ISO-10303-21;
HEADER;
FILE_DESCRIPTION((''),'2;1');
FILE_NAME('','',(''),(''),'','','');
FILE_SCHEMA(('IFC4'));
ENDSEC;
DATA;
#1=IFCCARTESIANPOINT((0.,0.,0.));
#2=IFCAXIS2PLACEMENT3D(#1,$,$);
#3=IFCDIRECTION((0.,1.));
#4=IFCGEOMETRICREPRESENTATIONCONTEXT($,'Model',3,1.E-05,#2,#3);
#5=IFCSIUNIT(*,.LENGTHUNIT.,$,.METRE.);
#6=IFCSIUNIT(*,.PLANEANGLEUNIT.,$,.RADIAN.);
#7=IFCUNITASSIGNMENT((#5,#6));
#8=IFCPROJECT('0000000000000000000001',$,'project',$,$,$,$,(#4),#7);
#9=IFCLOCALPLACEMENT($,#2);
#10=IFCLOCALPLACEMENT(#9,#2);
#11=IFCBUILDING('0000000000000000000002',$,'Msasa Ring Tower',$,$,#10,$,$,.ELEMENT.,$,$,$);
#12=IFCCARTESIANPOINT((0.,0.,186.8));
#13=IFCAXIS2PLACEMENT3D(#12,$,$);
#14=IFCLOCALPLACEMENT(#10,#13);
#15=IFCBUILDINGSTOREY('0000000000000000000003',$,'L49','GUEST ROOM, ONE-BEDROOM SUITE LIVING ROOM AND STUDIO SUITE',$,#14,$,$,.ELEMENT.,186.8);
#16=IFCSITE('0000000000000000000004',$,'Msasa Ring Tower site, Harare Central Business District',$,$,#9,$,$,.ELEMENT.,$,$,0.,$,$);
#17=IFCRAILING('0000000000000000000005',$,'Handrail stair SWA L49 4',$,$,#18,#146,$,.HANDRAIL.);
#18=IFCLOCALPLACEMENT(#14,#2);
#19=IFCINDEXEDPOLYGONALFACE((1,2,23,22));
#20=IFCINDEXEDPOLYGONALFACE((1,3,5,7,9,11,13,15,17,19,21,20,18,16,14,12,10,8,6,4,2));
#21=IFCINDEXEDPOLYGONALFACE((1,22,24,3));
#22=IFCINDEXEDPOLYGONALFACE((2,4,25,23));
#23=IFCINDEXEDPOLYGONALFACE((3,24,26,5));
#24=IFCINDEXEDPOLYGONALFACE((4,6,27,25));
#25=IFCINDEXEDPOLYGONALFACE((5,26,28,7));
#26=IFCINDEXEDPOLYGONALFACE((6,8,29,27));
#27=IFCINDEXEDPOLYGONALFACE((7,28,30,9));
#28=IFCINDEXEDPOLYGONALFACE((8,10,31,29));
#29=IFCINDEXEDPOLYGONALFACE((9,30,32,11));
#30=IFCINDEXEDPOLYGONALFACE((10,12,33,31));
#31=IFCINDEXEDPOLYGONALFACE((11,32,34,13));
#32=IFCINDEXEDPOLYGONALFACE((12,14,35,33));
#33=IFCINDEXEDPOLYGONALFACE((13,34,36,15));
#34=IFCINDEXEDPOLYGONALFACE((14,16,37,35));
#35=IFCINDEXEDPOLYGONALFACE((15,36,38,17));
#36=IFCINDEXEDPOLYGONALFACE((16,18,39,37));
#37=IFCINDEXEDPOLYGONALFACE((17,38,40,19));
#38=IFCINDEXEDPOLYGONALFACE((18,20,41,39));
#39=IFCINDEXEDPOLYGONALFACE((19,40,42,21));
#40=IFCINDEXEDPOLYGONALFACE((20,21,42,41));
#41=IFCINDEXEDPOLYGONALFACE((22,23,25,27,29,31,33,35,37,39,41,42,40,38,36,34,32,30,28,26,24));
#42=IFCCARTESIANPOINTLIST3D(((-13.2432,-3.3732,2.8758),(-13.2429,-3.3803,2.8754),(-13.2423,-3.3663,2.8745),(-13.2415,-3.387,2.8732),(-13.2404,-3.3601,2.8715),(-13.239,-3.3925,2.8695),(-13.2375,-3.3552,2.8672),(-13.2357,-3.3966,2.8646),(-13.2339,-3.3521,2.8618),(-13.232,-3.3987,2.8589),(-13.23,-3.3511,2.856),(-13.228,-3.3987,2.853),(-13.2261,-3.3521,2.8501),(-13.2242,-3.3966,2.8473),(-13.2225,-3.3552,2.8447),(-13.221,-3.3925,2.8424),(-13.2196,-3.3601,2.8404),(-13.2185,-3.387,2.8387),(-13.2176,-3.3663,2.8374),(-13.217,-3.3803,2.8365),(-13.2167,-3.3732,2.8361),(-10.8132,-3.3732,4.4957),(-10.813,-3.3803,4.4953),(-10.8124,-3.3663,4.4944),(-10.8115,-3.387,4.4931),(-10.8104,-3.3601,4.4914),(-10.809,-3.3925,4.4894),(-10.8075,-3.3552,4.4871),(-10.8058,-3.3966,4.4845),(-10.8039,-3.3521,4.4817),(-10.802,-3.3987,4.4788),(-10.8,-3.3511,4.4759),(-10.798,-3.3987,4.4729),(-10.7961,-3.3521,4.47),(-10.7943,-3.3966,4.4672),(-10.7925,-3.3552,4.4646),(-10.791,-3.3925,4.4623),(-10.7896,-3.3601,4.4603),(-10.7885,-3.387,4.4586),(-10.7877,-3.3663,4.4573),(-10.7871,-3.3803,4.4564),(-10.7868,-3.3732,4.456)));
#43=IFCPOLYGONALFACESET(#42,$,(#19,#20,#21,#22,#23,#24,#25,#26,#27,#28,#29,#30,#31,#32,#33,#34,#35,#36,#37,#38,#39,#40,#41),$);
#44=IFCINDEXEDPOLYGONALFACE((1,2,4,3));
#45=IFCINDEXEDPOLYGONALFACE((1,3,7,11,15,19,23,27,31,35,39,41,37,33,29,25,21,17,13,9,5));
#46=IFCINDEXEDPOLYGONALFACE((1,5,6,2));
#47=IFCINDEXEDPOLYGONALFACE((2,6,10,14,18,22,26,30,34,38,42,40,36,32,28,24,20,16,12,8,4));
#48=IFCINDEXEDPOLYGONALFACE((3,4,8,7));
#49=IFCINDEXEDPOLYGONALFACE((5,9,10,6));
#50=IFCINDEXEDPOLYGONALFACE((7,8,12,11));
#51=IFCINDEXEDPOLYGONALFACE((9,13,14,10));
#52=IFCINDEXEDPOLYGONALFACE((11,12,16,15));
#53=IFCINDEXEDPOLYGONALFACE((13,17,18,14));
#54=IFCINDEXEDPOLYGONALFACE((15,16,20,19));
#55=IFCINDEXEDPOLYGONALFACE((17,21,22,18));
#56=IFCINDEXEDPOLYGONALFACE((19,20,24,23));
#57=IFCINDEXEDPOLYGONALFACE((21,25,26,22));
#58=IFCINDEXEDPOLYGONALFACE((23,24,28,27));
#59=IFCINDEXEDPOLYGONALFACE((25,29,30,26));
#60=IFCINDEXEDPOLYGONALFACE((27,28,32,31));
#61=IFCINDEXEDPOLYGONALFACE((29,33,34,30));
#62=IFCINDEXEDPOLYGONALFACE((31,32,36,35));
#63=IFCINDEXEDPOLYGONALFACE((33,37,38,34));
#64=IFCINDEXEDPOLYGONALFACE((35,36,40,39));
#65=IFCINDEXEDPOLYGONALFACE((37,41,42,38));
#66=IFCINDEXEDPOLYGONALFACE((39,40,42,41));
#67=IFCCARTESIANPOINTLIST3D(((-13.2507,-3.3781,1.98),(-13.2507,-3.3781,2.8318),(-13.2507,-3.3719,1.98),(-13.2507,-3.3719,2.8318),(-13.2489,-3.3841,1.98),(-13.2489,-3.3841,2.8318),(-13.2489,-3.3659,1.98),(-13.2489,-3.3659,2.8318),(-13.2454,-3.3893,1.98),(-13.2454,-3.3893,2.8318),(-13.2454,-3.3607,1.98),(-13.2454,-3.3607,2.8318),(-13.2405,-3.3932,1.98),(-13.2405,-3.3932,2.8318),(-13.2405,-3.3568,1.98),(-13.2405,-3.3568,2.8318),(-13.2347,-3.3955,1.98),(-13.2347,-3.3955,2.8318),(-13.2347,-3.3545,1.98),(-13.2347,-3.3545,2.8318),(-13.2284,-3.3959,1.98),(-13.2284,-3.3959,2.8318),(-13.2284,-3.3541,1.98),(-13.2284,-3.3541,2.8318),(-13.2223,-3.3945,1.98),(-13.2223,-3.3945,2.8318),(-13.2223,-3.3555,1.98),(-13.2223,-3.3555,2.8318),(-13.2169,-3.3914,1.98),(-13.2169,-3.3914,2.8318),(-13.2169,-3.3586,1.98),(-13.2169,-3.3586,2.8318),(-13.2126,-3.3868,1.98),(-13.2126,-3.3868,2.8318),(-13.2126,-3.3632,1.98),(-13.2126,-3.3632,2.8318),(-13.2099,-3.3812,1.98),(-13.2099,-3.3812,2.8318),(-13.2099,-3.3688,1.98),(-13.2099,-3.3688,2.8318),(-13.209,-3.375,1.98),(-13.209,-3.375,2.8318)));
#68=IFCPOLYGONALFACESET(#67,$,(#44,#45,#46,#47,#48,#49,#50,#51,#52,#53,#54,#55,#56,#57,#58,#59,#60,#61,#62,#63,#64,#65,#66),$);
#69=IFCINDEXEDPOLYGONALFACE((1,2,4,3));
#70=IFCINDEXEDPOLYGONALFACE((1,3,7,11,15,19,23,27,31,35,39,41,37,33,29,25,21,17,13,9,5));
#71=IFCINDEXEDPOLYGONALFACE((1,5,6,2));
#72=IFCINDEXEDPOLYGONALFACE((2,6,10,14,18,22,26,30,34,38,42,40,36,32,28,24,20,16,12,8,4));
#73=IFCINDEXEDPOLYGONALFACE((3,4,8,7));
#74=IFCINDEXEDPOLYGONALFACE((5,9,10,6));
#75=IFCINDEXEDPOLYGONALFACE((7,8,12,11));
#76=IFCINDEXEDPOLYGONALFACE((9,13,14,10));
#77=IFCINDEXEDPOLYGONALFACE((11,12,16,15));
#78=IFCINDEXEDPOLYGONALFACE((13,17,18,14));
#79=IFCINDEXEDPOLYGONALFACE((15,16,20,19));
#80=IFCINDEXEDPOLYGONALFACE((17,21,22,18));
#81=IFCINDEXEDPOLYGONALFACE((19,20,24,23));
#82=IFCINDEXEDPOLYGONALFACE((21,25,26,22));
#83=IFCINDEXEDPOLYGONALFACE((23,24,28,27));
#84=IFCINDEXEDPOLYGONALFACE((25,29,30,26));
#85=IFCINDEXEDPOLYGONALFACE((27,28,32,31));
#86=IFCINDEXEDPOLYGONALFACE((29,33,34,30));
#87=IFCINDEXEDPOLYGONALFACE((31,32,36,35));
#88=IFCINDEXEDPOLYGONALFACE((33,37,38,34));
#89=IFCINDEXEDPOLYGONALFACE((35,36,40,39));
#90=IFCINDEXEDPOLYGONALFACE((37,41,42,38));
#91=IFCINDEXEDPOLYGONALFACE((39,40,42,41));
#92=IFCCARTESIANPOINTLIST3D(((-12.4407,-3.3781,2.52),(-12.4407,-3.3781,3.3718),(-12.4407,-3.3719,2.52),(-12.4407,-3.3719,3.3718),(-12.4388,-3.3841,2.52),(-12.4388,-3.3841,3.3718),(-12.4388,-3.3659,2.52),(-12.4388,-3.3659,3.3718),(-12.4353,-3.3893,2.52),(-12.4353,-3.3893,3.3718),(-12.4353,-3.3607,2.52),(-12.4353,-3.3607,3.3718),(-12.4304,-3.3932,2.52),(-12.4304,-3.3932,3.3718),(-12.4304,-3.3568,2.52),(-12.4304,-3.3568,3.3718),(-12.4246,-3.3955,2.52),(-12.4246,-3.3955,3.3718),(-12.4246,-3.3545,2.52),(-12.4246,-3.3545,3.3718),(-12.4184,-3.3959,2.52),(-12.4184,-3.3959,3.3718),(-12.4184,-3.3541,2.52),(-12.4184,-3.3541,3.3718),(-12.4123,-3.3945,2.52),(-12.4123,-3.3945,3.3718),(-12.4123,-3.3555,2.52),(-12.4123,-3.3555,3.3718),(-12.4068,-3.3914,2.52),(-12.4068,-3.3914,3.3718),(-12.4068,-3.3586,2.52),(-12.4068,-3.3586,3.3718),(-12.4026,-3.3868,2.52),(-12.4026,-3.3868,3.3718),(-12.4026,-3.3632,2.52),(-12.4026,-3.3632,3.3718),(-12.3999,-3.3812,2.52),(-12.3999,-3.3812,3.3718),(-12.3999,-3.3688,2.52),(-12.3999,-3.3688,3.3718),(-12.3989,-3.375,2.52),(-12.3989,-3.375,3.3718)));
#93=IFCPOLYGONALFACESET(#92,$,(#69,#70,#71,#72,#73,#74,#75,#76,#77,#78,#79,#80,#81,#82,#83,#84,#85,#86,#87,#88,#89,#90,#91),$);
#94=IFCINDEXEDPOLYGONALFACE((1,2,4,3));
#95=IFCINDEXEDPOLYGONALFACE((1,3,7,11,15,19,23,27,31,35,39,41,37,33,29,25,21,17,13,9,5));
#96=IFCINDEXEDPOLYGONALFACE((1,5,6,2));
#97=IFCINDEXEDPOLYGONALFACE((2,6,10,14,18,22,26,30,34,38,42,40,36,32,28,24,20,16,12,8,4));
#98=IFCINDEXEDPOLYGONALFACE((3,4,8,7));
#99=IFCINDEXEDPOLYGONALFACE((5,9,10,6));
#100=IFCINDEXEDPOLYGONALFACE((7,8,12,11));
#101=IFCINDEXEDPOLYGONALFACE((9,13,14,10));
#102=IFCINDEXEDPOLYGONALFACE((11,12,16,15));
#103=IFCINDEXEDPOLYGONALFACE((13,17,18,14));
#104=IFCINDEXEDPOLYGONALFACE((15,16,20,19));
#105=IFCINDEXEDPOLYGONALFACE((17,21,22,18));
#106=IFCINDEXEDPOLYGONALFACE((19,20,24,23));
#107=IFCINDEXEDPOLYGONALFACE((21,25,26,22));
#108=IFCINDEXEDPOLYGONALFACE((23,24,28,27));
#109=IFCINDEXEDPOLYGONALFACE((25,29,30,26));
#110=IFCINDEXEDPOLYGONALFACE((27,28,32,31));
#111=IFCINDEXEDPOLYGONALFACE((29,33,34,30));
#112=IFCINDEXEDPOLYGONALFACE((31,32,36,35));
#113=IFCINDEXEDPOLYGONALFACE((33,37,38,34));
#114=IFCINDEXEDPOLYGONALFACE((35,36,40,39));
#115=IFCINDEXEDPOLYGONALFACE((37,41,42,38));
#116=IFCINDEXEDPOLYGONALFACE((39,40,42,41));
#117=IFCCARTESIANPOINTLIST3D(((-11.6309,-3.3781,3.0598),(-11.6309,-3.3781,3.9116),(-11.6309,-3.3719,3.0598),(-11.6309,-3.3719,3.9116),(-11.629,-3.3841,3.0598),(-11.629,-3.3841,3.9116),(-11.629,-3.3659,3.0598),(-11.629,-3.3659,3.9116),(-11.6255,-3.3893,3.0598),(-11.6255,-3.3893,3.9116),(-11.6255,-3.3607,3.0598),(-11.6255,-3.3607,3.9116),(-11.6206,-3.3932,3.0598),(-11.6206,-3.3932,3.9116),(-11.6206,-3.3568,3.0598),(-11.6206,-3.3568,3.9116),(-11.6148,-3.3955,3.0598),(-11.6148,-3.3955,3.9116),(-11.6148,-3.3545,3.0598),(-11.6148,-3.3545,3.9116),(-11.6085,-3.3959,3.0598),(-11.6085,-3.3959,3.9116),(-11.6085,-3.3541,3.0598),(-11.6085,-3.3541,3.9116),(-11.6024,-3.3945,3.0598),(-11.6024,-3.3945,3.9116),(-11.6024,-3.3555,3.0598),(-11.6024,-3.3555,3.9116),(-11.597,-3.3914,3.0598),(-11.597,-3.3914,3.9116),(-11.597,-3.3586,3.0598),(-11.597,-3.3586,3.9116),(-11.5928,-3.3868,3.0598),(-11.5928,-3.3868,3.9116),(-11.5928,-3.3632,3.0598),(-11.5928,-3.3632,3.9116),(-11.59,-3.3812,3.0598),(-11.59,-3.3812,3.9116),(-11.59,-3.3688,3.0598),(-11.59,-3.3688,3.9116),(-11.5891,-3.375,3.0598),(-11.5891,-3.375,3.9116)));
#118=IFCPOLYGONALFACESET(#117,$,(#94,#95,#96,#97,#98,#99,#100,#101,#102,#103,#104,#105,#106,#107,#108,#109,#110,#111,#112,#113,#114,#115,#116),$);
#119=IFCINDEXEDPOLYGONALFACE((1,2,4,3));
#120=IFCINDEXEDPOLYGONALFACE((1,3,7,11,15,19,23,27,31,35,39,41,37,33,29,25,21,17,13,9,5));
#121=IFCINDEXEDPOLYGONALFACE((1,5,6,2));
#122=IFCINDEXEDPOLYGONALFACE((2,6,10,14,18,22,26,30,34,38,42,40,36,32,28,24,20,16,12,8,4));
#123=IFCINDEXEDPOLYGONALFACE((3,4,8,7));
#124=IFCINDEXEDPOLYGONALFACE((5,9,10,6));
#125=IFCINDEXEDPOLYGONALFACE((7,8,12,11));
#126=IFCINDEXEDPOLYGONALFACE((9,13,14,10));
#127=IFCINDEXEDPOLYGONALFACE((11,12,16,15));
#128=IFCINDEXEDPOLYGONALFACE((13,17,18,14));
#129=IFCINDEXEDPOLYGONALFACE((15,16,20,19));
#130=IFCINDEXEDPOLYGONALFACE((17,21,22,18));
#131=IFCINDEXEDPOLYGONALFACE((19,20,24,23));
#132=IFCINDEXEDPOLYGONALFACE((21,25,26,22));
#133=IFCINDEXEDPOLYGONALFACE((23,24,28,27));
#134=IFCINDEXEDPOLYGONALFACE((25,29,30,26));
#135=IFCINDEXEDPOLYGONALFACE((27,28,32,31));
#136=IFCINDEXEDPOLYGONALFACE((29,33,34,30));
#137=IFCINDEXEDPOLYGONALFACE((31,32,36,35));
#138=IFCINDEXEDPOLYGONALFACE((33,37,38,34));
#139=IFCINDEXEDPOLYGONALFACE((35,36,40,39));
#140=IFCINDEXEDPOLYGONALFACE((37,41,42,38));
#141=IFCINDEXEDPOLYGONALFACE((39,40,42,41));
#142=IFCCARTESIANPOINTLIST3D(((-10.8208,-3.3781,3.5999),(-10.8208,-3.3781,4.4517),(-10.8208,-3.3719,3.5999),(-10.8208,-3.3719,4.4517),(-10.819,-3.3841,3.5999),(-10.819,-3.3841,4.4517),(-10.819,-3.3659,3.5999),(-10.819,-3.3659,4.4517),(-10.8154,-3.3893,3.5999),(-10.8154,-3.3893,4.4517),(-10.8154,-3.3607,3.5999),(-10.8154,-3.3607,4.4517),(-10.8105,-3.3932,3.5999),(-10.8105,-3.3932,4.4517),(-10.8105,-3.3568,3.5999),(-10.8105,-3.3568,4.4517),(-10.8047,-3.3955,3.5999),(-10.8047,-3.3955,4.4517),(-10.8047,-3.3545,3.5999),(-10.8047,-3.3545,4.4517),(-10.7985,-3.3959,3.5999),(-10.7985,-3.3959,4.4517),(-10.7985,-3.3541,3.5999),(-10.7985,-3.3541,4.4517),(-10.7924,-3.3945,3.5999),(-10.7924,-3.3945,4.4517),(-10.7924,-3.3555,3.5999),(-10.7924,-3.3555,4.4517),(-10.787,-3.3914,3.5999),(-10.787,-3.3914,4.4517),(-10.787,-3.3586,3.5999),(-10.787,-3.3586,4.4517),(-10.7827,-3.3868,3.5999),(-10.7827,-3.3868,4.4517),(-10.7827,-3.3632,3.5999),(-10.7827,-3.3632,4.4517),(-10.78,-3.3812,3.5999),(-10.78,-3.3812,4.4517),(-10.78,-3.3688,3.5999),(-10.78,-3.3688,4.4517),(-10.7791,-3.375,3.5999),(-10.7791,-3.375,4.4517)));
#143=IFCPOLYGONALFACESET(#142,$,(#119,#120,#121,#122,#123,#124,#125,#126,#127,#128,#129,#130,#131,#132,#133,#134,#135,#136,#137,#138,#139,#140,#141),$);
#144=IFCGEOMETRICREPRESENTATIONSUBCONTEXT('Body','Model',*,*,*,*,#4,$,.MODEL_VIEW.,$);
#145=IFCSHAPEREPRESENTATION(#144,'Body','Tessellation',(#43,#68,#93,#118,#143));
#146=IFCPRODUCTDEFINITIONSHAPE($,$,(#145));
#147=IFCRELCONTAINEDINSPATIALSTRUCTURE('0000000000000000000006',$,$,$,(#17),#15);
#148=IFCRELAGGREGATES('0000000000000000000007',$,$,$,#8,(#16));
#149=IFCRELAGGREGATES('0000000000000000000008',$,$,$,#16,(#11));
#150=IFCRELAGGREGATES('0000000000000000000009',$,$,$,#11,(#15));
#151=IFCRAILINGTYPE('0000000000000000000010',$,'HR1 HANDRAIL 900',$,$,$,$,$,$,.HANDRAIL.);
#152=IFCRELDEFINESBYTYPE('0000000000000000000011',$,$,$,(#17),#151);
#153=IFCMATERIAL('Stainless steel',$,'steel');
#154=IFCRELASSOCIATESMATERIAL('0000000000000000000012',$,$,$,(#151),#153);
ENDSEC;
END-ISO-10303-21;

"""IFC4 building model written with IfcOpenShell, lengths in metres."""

from ifc_helpers import new_model, si_unit, direction, frame, origin, origin_2d, place, context, subcontext, project, spatial, circle, extrude, material, type_object, element, save


model = new_model("IFC4")

# Units and contexts
model_context = context("Model", 3, precision=1e-05, world=origin(), true_north=direction((0.0, 1.0)))
body_context = subcontext(model_context, "Body", "Model", "MODEL_VIEW")
ifc_project = project(units=[si_unit("LENGTHUNIT", "METRE"), si_unit("PLANEANGLEUNIT", "RADIAN")], contexts=[model_context])

# Site, building, storey
site_placement = place(None, origin())
site = spatial("IfcSite", under=ifc_project, at=site_placement, Name="Msasa Ring Tower site, Harare Central Business District", CompositionType="ELEMENT", RefElevation=0.0)
building_placement = place(site_placement, origin())
building = spatial("IfcBuilding", under=site, at=building_placement, Name="Msasa Ring Tower", CompositionType="ELEMENT")
storey_placement = place(building_placement, frame((0.0, 0.0, 186.8)))
storey = spatial("IfcBuildingStorey", under=building, at=storey_placement, Name="L49", Description="GUEST ROOM, ONE-BEDROOM SUITE LIVING ROOM AND STUDIO SUITE", CompositionType="ELEMENT", Elevation=186.8)

# Railing
ifc_material_1 = material(Name="Stainless steel", Category="steel")
railing_type = type_object("IfcRailingType", Name="HR1 HANDRAIL 900", PredefinedType="HANDRAIL", material=ifc_material_1)
railing_placement = place(storey_placement, frame((-13.23, -3.375, 1.98)))
element("IfcRailing", 1, at=railing_placement, inside=storey, type_object=railing_type, Name="Handrail stair SWA L49 4", PredefinedType="HANDRAIL", context=body_context, shape_type="SweptSolid", body=[
    extrude(circle(Radius=0.0239, at=origin_2d()), frame((0.0, 0.0, 0.876), z_axis=(0.832063, 0.0, 0.554681), x_axis=(0.0, 1.0, 0.0)), (0.0, 0.0, 1.0), 2.9204),
    extrude(circle(Radius=0.021, at=origin_2d()), origin(), (0.0, 0.0, 1.0), 0.8518),
    extrude(circle(Radius=0.021, at=origin_2d()), frame((0.8101, 0.0, 0.54)), (0.0, 0.0, 1.0), 0.8518),
    extrude(circle(Radius=0.021, at=origin_2d()), frame((1.6199, 0.0, 1.0798)), (0.0, 0.0, 1.0), 0.8518),
    extrude(circle(Radius=0.021, at=origin_2d()), frame((2.4299, 0.0, 1.6199)), (0.0, 0.0, 1.0), 0.8518),
])

save(model, "model.ifc")
